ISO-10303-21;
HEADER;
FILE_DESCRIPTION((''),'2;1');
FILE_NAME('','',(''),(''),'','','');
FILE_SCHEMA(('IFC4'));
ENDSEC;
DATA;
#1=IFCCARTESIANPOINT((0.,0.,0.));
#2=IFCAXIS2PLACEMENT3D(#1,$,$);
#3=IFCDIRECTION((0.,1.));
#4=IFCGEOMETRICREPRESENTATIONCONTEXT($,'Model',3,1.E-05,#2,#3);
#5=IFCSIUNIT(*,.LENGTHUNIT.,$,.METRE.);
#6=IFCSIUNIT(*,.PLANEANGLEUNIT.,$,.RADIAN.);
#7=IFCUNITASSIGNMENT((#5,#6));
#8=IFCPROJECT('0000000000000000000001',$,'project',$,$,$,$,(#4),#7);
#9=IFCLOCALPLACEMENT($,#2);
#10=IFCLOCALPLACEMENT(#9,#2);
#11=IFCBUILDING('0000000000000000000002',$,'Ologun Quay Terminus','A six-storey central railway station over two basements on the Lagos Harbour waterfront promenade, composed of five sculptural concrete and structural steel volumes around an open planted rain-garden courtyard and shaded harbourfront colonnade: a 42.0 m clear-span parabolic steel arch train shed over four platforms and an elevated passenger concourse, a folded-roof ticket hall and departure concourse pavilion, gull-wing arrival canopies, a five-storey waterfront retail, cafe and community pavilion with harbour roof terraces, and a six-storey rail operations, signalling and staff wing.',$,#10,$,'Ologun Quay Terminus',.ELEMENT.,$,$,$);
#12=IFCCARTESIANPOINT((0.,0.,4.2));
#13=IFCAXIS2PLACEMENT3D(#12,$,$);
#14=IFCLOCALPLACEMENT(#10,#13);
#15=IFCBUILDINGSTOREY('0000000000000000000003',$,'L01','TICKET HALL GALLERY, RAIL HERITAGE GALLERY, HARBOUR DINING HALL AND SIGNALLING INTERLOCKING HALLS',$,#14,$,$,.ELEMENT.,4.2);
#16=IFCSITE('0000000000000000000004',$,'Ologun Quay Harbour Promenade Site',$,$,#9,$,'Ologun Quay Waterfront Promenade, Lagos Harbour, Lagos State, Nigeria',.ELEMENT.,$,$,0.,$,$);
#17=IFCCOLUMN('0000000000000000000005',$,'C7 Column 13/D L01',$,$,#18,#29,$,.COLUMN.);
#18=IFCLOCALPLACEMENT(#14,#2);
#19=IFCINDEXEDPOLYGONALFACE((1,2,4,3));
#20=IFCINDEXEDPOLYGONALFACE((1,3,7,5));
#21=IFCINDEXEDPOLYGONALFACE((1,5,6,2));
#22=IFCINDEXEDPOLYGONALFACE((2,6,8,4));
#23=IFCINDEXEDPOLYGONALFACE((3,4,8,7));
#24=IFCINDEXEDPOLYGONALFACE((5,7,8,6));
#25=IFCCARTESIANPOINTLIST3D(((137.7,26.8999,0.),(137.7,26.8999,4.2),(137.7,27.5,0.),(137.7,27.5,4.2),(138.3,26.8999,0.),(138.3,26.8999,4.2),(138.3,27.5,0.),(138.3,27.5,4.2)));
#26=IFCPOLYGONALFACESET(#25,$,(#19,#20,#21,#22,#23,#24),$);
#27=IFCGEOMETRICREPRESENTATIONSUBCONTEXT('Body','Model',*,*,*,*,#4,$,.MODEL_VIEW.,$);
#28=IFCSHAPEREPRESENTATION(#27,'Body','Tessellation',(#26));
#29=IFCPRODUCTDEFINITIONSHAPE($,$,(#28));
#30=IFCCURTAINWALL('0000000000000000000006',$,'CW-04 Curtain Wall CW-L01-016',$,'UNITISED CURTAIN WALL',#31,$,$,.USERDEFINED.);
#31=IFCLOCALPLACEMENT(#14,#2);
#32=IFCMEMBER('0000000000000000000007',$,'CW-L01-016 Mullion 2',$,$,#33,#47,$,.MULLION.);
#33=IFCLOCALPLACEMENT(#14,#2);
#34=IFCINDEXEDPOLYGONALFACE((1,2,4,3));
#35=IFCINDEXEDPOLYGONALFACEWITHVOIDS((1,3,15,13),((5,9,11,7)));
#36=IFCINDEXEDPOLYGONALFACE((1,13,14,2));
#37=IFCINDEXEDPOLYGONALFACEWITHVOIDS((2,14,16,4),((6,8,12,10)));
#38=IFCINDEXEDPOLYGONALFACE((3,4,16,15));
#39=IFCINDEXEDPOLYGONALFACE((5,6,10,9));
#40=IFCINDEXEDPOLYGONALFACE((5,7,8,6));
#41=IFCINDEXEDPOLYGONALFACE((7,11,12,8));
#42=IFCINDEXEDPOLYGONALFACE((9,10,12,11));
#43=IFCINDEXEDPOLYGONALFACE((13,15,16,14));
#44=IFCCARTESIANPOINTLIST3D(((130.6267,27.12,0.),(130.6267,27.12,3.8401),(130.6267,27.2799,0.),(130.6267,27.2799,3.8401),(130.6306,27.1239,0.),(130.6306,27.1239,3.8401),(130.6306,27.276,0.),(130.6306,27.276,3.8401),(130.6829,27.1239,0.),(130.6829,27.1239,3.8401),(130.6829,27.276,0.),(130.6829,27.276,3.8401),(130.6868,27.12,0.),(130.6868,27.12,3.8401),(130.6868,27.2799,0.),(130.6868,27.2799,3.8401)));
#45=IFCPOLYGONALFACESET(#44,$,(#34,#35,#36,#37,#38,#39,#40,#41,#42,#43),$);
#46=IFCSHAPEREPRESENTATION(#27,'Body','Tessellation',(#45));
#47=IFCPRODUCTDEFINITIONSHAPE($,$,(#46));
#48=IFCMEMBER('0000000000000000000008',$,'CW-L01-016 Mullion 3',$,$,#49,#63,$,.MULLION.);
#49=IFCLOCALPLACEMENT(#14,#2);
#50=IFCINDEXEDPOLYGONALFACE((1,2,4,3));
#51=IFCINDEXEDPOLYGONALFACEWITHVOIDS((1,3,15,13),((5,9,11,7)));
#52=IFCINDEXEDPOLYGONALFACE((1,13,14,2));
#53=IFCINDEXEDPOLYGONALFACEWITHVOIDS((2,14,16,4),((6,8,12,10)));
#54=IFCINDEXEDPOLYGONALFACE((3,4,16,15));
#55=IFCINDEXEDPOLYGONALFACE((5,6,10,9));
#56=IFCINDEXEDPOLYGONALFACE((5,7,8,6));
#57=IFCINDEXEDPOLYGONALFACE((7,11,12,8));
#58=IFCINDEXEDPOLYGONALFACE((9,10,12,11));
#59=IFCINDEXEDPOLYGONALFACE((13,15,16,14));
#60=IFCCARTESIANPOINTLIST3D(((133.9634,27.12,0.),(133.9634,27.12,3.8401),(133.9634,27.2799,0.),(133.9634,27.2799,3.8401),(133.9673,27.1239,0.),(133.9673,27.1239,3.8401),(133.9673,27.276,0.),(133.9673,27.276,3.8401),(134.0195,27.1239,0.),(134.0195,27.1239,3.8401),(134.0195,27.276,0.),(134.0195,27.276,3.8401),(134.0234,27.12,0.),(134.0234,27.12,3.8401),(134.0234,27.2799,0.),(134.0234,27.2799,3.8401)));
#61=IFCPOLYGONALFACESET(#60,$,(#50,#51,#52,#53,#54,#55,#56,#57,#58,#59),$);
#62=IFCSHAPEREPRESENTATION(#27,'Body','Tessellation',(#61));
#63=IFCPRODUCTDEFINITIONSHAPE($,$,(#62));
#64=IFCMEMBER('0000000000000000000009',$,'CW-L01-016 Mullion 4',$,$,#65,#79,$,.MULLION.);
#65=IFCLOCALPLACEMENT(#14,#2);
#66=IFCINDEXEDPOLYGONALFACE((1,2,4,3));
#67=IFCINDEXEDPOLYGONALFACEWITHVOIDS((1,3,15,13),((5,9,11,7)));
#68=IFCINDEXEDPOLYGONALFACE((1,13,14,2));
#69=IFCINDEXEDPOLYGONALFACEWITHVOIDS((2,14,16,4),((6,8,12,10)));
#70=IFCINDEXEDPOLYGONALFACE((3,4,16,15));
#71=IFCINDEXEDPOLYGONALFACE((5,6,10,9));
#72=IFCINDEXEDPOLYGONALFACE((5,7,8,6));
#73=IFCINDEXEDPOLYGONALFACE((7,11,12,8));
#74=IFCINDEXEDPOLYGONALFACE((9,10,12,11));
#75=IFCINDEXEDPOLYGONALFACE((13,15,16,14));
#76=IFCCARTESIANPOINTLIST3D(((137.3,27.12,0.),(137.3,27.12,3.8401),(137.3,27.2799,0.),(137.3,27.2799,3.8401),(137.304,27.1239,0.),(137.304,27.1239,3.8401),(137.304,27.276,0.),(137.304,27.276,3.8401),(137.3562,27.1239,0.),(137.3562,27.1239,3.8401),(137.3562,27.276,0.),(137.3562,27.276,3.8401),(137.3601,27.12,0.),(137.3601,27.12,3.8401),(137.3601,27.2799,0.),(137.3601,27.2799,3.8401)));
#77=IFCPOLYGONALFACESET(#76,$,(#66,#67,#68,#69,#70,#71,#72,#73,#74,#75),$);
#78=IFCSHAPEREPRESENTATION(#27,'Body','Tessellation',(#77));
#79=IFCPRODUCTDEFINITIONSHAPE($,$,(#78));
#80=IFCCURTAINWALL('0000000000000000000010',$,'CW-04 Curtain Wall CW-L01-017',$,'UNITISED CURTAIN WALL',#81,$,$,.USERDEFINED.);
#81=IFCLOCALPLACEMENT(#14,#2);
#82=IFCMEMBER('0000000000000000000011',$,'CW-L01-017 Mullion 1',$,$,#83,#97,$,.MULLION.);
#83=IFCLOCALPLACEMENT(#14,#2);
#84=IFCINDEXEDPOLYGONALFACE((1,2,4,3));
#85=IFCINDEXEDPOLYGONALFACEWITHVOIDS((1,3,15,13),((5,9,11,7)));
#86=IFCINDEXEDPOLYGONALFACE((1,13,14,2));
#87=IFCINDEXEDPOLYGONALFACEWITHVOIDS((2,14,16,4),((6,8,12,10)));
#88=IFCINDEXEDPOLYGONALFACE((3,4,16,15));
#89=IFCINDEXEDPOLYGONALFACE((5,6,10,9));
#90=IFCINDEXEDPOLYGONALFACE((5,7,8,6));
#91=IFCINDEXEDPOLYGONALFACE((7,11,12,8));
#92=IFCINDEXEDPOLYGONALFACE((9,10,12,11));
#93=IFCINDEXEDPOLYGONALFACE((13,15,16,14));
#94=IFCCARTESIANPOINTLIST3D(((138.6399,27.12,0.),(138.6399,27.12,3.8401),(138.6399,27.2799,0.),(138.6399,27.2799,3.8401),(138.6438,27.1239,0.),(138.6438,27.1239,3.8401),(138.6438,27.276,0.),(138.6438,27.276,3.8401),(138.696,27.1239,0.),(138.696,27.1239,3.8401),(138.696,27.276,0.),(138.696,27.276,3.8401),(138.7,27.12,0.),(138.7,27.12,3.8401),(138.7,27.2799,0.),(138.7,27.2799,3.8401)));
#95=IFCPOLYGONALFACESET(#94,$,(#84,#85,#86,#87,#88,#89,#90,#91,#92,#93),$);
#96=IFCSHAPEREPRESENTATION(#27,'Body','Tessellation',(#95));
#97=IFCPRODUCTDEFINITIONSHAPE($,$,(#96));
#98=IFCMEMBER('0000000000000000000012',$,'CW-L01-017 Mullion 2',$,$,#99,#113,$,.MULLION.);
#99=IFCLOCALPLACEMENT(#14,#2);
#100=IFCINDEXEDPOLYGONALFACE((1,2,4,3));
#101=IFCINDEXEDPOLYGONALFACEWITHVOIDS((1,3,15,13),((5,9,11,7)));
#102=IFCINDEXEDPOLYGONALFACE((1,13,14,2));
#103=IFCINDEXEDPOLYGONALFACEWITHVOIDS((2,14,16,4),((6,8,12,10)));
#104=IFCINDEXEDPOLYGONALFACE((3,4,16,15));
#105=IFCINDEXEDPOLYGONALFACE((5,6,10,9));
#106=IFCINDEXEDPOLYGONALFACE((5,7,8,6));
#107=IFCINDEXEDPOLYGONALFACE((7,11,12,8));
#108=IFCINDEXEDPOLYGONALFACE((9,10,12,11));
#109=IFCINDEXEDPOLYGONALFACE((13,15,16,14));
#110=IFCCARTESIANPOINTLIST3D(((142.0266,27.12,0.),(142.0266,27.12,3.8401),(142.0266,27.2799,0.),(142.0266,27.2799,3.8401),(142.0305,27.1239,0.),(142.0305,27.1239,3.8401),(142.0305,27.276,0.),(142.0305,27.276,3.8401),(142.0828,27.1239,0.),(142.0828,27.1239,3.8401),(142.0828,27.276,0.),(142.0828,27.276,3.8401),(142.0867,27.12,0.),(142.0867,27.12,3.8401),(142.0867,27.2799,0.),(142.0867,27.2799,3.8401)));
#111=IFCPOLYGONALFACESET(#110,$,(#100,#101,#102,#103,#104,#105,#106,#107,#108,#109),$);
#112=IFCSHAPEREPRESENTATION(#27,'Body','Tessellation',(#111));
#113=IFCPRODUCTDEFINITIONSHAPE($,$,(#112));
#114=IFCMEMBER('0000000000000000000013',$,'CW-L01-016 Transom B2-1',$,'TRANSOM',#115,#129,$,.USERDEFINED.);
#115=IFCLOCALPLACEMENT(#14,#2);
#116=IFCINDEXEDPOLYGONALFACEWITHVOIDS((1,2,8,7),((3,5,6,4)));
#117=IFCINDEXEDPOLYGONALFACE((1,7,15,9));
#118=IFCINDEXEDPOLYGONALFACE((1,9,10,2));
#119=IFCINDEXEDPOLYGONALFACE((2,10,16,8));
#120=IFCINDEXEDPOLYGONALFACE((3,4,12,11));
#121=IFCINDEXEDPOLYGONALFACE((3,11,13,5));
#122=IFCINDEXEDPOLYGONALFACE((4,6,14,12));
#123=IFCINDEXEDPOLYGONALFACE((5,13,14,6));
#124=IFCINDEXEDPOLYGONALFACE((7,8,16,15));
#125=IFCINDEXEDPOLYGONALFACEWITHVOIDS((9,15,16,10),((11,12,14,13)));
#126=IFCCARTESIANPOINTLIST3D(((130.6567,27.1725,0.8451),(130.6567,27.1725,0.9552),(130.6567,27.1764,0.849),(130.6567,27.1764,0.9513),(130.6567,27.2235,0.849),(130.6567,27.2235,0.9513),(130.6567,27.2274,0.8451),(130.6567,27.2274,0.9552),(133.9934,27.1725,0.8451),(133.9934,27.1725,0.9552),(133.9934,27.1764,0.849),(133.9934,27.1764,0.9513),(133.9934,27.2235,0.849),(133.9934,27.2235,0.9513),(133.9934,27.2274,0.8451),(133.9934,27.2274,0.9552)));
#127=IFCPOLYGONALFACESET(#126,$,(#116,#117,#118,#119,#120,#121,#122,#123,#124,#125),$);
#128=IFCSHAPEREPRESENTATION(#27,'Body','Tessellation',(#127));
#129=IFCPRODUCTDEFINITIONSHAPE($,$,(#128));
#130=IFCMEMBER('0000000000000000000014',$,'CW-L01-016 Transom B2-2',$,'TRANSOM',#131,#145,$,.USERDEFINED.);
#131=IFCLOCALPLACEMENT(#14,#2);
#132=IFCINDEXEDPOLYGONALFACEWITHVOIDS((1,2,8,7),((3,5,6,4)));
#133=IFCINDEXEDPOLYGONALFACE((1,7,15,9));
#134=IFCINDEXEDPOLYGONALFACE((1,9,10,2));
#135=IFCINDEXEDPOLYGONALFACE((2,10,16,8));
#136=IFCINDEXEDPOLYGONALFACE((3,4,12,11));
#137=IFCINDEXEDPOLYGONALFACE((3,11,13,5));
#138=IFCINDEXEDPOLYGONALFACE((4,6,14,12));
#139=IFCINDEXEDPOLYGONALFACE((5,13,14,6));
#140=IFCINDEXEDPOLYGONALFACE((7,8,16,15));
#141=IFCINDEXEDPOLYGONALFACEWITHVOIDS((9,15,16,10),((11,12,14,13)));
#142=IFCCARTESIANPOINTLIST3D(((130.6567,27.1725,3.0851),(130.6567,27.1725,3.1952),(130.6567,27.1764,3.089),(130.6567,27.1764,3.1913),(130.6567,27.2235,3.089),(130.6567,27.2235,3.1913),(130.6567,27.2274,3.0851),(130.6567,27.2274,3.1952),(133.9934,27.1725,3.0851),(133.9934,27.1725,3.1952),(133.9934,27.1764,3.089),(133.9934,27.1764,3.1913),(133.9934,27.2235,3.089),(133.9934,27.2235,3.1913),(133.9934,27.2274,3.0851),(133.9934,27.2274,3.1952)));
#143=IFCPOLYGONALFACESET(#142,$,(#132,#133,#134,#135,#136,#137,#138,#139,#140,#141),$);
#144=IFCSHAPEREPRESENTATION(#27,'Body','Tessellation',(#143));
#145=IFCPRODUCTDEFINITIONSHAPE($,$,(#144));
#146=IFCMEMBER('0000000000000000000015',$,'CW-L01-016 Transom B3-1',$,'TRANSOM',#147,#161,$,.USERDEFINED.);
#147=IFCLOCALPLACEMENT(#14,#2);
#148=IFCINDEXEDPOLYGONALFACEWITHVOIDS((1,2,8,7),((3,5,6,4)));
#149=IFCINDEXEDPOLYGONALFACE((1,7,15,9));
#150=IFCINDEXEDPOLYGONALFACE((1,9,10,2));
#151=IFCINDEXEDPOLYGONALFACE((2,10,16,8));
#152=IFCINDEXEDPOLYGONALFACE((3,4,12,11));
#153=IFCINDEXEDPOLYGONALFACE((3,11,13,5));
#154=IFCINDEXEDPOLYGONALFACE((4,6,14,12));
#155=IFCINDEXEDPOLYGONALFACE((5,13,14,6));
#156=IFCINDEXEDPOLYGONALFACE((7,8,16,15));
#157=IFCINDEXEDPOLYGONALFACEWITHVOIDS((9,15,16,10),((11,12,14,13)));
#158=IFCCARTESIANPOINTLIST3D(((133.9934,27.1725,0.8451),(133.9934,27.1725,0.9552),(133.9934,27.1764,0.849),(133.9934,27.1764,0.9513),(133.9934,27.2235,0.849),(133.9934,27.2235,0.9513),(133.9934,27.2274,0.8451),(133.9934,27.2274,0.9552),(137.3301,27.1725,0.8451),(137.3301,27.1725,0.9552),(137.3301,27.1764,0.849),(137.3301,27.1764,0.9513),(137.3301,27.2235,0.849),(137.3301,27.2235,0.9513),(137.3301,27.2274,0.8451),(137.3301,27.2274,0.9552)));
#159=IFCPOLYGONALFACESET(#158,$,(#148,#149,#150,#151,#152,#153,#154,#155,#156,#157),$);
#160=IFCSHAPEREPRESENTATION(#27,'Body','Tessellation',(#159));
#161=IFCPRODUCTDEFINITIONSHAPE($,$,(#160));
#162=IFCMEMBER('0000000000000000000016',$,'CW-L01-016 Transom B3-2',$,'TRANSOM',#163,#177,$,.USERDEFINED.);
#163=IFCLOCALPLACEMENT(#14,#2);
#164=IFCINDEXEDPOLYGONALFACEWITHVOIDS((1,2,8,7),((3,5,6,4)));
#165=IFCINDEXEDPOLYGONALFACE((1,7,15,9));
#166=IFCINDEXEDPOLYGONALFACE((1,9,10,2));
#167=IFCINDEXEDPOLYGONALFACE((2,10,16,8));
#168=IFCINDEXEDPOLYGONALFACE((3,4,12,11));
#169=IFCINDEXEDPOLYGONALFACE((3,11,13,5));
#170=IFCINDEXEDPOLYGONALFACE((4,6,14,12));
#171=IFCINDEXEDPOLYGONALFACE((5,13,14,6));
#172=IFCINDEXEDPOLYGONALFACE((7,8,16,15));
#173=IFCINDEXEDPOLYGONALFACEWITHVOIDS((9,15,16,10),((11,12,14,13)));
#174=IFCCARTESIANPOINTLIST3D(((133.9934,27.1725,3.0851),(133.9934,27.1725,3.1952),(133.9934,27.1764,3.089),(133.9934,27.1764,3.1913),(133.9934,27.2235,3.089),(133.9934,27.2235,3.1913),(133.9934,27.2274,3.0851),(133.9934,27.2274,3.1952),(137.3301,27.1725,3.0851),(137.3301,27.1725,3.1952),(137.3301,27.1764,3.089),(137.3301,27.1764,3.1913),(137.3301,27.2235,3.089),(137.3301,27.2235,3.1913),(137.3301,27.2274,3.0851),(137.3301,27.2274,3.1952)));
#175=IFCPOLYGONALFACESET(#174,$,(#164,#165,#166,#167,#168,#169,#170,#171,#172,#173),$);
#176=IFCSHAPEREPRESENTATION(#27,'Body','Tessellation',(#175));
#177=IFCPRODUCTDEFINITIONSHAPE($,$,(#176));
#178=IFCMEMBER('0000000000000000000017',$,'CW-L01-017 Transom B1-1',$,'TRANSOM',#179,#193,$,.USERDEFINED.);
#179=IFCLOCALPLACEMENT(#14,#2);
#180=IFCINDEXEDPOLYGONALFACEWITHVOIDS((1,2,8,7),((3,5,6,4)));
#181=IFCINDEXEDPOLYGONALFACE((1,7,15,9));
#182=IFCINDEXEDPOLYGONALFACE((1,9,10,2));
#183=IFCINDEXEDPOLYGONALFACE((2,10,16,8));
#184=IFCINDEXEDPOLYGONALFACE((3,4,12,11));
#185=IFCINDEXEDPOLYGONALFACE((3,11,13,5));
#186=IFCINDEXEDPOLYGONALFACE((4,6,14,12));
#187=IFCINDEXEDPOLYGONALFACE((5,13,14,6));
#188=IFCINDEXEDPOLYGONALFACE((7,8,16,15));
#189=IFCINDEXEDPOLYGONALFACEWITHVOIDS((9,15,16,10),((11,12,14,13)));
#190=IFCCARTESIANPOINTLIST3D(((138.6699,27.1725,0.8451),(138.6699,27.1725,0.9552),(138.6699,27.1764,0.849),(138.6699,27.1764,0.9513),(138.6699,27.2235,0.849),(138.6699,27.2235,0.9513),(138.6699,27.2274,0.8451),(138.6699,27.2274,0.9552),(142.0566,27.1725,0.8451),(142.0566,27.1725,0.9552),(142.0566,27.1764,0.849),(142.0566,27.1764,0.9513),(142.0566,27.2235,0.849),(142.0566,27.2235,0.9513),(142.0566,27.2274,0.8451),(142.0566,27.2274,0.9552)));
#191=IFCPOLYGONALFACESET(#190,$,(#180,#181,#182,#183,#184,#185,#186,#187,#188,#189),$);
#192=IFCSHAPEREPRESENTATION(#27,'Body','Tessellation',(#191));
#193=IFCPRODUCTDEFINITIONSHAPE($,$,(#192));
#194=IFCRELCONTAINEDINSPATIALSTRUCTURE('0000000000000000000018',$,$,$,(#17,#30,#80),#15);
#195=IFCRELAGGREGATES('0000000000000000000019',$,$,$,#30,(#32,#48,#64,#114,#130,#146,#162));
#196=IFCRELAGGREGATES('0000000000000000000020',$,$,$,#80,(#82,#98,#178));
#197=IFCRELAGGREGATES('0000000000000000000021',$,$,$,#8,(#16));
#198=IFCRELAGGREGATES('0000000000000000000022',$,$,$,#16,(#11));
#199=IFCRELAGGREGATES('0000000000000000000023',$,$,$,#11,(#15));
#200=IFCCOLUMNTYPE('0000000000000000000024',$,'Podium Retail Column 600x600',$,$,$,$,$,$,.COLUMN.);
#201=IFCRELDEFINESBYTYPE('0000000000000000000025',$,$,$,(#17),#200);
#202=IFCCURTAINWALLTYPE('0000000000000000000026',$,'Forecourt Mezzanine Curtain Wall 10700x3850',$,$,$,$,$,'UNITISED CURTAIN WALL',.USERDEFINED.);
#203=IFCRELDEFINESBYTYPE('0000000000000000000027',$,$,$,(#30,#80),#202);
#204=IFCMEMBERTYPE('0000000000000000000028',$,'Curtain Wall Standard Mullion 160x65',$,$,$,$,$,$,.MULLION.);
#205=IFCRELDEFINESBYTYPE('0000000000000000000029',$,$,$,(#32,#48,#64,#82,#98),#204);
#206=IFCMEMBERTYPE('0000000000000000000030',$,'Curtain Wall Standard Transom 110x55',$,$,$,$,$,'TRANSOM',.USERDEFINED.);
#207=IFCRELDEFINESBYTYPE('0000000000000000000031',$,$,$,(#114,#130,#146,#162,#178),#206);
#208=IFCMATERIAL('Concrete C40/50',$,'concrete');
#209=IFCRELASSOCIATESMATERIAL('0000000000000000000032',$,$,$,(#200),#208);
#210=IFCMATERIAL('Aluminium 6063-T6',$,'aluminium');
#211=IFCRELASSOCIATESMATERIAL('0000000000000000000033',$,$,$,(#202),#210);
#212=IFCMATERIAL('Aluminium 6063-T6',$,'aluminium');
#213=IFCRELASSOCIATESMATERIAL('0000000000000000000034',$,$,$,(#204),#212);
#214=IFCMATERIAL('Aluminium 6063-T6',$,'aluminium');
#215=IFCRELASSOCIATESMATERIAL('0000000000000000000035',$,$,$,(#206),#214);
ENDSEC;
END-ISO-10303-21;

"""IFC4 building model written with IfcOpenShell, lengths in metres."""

from ifc_helpers import new_model, si_unit, direction, frame, origin, origin_2d, place, context, subcontext, project, spatial, rectangle, hollow_rectangle, extrude, material, material_profile, profile_set, type_object, element, aggregate, save


model = new_model("IFC4")

# Units and contexts
model_context = context("Model", 3, precision=1e-05, world=origin(), true_north=direction((0.0, 1.0)))
body_context = subcontext(model_context, "Body", "Model", "MODEL_VIEW")
ifc_project = project(units=[si_unit("LENGTHUNIT", "METRE"), si_unit("PLANEANGLEUNIT", "RADIAN")], contexts=[model_context])

# Site, building, storey
site_placement = place(None, origin())
site = spatial("IfcSite", under=ifc_project, at=site_placement, Name="Ologun Quay Harbour Promenade Site", LongName="Ologun Quay Waterfront Promenade, Lagos Harbour, Lagos State, Nigeria", CompositionType="ELEMENT", RefElevation=0.0)
building_placement = place(site_placement, origin())
building = spatial("IfcBuilding", under=site, at=building_placement, Name="Ologun Quay Terminus", Description="A six-storey central railway station over two basements on the Lagos Harbour waterfront promenade, composed of five sculptural concrete and structural steel volumes around an open planted rain-garden courtyard and shaded harbourfront colonnade: a 42.0 m clear-span parabolic steel arch train shed over four platforms and an elevated passenger concourse, a folded-roof ticket hall and departure concourse pavilion, gull-wing arrival canopies, a five-storey waterfront retail, cafe and community pavilion with harbour roof terraces, and a six-storey rail operations, signalling and staff wing.", LongName="Ologun Quay Terminus", CompositionType="ELEMENT")
storey_placement = place(building_placement, frame((0.0, 0.0, 4.2)))
storey = spatial("IfcBuildingStorey", under=building, at=storey_placement, Name="L01", Description="TICKET HALL GALLERY, RAIL HERITAGE GALLERY, HARBOUR DINING HALL AND SIGNALLING INTERLOCKING HALLS", CompositionType="ELEMENT", Elevation=4.2)

# Column
ifc_material_1 = material(Name="Concrete C40/50", Category="concrete")
ifc_material_profile_1 = material_profile(ifc_material_1, rectangle(XDim=0.6001, YDim=0.6001, at=origin_2d()), Name="RC 600x600")
ifc_profile_set_1 = profile_set([ifc_material_profile_1], Name="Concrete C40/50")
column_type = type_object("IfcColumnType", Name="Podium Retail Column 600x600", PredefinedType="COLUMN", material=ifc_profile_set_1)
column_placement = place(storey_placement, frame((138.0, 27.2, 0.0), z_axis=(0.0, 0.0, 1.0), x_axis=(1.0, 0.0, 0.0)))
element("IfcColumn", 1, at=column_placement, inside=storey, type_object=column_type, Name="C7 Column 13/D L01", PredefinedType="COLUMN", context=body_context, shape_type="SweptSolid", body=[
    extrude(rectangle(XDim=0.6001, YDim=0.6001, at=origin_2d()), origin(), (0.0, 0.0, 1.0), 4.2),
])

# Curtain walls, members
ifc_material_2 = material(Name="Aluminium 6063-T6", Category="aluminium")
curtain_wall_type = type_object("IfcCurtainWallType", Name="Forecourt Mezzanine Curtain Wall 10700x3850", ElementType="UNITISED CURTAIN WALL", PredefinedType="USERDEFINED", material=ifc_material_2)
curtain_wall_1_placement = place(storey_placement, origin())
curtain_wall_1 = element("IfcCurtainWall", 2, at=curtain_wall_1_placement, inside=storey, type_object=curtain_wall_type, Name="CW-04 Curtain Wall CW-L01-016", ObjectType="UNITISED CURTAIN WALL", PredefinedType="USERDEFINED")
ifc_material_3 = material(Name="Aluminium 6063-T6", Category="aluminium")
ifc_material_profile_2 = material_profile(ifc_material_3, hollow_rectangle(XDim=0.0601, YDim=0.1599, WallThickness=0.0039, at=origin_2d()), Name="ALU 160x60x4")
ifc_profile_set_2 = profile_set([ifc_material_profile_2], Name="Aluminium 6063-T6")
member_type_1 = type_object("IfcMemberType", Name="Curtain Wall Standard Mullion 160x65", PredefinedType="MULLION", material=ifc_profile_set_2)
member_1_placement = place(storey_placement, frame((130.6567, 27.2, 0.0), z_axis=(0.0, 0.0, 1.0), x_axis=(1.0, 0.0, 0.0)))
member_1 = element("IfcMember", 3, at=member_1_placement, type_object=member_type_1, Name="CW-L01-016 Mullion 2", PredefinedType="MULLION", context=body_context, shape_type="SweptSolid", body=[
    extrude(hollow_rectangle(XDim=0.0601, YDim=0.1599, WallThickness=0.0039, at=origin_2d()), origin(), (0.0, 0.0, 1.0), 3.8401),
])
member_2_placement = place(storey_placement, frame((133.9934, 27.2, 0.0), z_axis=(0.0, 0.0, 1.0), x_axis=(1.0, 0.0, 0.0)))
member_2 = element("IfcMember", 4, at=member_2_placement, type_object=member_type_1, Name="CW-L01-016 Mullion 3", PredefinedType="MULLION", context=body_context, shape_type="SweptSolid", body=[
    extrude(hollow_rectangle(XDim=0.0601, YDim=0.1599, WallThickness=0.0039, at=origin_2d()), origin(), (0.0, 0.0, 1.0), 3.8401),
])
member_3_placement = place(storey_placement, frame((137.3301, 27.2, 0.0), z_axis=(0.0, 0.0, 1.0), x_axis=(1.0, 0.0, 0.0)))
member_3 = element("IfcMember", 5, at=member_3_placement, type_object=member_type_1, Name="CW-L01-016 Mullion 4", PredefinedType="MULLION", context=body_context, shape_type="SweptSolid", body=[
    extrude(hollow_rectangle(XDim=0.0601, YDim=0.1599, WallThickness=0.0039, at=origin_2d()), origin(), (0.0, 0.0, 1.0), 3.8401),
])
curtain_wall_2_placement = place(storey_placement, origin())
curtain_wall_2 = element("IfcCurtainWall", 6, at=curtain_wall_2_placement, inside=storey, type_object=curtain_wall_type, Name="CW-04 Curtain Wall CW-L01-017", ObjectType="UNITISED CURTAIN WALL", PredefinedType="USERDEFINED")
member_4_placement = place(storey_placement, frame((138.6699, 27.2, 0.0), z_axis=(0.0, 0.0, 1.0), x_axis=(1.0, 0.0, 0.0)))
member_4 = element("IfcMember", 7, at=member_4_placement, type_object=member_type_1, Name="CW-L01-017 Mullion 1", PredefinedType="MULLION", context=body_context, shape_type="SweptSolid", body=[
    extrude(hollow_rectangle(XDim=0.0601, YDim=0.1599, WallThickness=0.0039, at=origin_2d()), origin(), (0.0, 0.0, 1.0), 3.8401),
])
member_5_placement = place(storey_placement, frame((142.0566, 27.2, 0.0), z_axis=(0.0, 0.0, 1.0), x_axis=(1.0, 0.0, 0.0)))
member_5 = element("IfcMember", 8, at=member_5_placement, type_object=member_type_1, Name="CW-L01-017 Mullion 2", PredefinedType="MULLION", context=body_context, shape_type="SweptSolid", body=[
    extrude(hollow_rectangle(XDim=0.0601, YDim=0.1599, WallThickness=0.0039, at=origin_2d()), origin(), (0.0, 0.0, 1.0), 3.8401),
])

# Members
ifc_material_4 = material(Name="Aluminium 6063-T6", Category="aluminium")
ifc_material_profile_3 = material_profile(ifc_material_4, hollow_rectangle(XDim=0.0549, YDim=0.1101, WallThickness=0.0039, at=origin_2d()), Name="ALU 110x55x4")
ifc_profile_set_3 = profile_set([ifc_material_profile_3], Name="Aluminium 6063-T6")
member_type_2 = type_object("IfcMemberType", Name="Curtain Wall Standard Transom 110x55", ElementType="TRANSOM", PredefinedType="USERDEFINED", material=ifc_profile_set_3)
member_6_placement = place(storey_placement, frame((130.6567, 27.2, 0.9001), z_axis=(1.0, 0.0, 0.0), x_axis=(0.0, 1.0, 0.0)))
member_6 = element("IfcMember", 9, at=member_6_placement, type_object=member_type_2, Name="CW-L01-016 Transom B2-1", ObjectType="TRANSOM", PredefinedType="USERDEFINED", context=body_context, shape_type="SweptSolid", body=[
    extrude(hollow_rectangle(XDim=0.0549, YDim=0.1101, WallThickness=0.0039, at=origin_2d()), origin(), (0.0, 0.0, 1.0), 3.3367),
])
member_7_placement = place(storey_placement, frame((130.6567, 27.2, 3.1401), z_axis=(1.0, 0.0, 0.0), x_axis=(0.0, 1.0, 0.0)))
member_7 = element("IfcMember", 10, at=member_7_placement, type_object=member_type_2, Name="CW-L01-016 Transom B2-2", ObjectType="TRANSOM", PredefinedType="USERDEFINED", context=body_context, shape_type="SweptSolid", body=[
    extrude(hollow_rectangle(XDim=0.0549, YDim=0.1101, WallThickness=0.0039, at=origin_2d()), origin(), (0.0, 0.0, 1.0), 3.3367),
])
member_8_placement = place(storey_placement, frame((133.9934, 27.2, 0.9001), z_axis=(1.0, 0.0, 0.0), x_axis=(0.0, 1.0, 0.0)))
member_8 = element("IfcMember", 11, at=member_8_placement, type_object=member_type_2, Name="CW-L01-016 Transom B3-1", ObjectType="TRANSOM", PredefinedType="USERDEFINED", context=body_context, shape_type="SweptSolid", body=[
    extrude(hollow_rectangle(XDim=0.0549, YDim=0.1101, WallThickness=0.0039, at=origin_2d()), origin(), (0.0, 0.0, 1.0), 3.3367),
])
member_9_placement = place(storey_placement, frame((133.9934, 27.2, 3.1401), z_axis=(1.0, 0.0, 0.0), x_axis=(0.0, 1.0, 0.0)))
member_9 = element("IfcMember", 12, at=member_9_placement, type_object=member_type_2, Name="CW-L01-016 Transom B3-2", ObjectType="TRANSOM", PredefinedType="USERDEFINED", context=body_context, shape_type="SweptSolid", body=[
    extrude(hollow_rectangle(XDim=0.0549, YDim=0.1101, WallThickness=0.0039, at=origin_2d()), origin(), (0.0, 0.0, 1.0), 3.3367),
])
member_10_placement = place(storey_placement, frame((138.6699, 27.2, 0.9001), z_axis=(1.0, 0.0, 0.0), x_axis=(0.0, 1.0, 0.0)))
member_10 = element("IfcMember", 13, at=member_10_placement, type_object=member_type_2, Name="CW-L01-017 Transom B1-1", ObjectType="TRANSOM", PredefinedType="USERDEFINED", context=body_context, shape_type="SweptSolid", body=[
    extrude(hollow_rectangle(XDim=0.0549, YDim=0.1101, WallThickness=0.0039, at=origin_2d()), origin(), (0.0, 0.0, 1.0), 3.3867),
])

aggregate(curtain_wall_1, [member_1, member_2, member_3, member_6, member_7, member_8, member_9])
aggregate(curtain_wall_2, [member_4, member_5, member_10])

save(model, "model.ifc")
